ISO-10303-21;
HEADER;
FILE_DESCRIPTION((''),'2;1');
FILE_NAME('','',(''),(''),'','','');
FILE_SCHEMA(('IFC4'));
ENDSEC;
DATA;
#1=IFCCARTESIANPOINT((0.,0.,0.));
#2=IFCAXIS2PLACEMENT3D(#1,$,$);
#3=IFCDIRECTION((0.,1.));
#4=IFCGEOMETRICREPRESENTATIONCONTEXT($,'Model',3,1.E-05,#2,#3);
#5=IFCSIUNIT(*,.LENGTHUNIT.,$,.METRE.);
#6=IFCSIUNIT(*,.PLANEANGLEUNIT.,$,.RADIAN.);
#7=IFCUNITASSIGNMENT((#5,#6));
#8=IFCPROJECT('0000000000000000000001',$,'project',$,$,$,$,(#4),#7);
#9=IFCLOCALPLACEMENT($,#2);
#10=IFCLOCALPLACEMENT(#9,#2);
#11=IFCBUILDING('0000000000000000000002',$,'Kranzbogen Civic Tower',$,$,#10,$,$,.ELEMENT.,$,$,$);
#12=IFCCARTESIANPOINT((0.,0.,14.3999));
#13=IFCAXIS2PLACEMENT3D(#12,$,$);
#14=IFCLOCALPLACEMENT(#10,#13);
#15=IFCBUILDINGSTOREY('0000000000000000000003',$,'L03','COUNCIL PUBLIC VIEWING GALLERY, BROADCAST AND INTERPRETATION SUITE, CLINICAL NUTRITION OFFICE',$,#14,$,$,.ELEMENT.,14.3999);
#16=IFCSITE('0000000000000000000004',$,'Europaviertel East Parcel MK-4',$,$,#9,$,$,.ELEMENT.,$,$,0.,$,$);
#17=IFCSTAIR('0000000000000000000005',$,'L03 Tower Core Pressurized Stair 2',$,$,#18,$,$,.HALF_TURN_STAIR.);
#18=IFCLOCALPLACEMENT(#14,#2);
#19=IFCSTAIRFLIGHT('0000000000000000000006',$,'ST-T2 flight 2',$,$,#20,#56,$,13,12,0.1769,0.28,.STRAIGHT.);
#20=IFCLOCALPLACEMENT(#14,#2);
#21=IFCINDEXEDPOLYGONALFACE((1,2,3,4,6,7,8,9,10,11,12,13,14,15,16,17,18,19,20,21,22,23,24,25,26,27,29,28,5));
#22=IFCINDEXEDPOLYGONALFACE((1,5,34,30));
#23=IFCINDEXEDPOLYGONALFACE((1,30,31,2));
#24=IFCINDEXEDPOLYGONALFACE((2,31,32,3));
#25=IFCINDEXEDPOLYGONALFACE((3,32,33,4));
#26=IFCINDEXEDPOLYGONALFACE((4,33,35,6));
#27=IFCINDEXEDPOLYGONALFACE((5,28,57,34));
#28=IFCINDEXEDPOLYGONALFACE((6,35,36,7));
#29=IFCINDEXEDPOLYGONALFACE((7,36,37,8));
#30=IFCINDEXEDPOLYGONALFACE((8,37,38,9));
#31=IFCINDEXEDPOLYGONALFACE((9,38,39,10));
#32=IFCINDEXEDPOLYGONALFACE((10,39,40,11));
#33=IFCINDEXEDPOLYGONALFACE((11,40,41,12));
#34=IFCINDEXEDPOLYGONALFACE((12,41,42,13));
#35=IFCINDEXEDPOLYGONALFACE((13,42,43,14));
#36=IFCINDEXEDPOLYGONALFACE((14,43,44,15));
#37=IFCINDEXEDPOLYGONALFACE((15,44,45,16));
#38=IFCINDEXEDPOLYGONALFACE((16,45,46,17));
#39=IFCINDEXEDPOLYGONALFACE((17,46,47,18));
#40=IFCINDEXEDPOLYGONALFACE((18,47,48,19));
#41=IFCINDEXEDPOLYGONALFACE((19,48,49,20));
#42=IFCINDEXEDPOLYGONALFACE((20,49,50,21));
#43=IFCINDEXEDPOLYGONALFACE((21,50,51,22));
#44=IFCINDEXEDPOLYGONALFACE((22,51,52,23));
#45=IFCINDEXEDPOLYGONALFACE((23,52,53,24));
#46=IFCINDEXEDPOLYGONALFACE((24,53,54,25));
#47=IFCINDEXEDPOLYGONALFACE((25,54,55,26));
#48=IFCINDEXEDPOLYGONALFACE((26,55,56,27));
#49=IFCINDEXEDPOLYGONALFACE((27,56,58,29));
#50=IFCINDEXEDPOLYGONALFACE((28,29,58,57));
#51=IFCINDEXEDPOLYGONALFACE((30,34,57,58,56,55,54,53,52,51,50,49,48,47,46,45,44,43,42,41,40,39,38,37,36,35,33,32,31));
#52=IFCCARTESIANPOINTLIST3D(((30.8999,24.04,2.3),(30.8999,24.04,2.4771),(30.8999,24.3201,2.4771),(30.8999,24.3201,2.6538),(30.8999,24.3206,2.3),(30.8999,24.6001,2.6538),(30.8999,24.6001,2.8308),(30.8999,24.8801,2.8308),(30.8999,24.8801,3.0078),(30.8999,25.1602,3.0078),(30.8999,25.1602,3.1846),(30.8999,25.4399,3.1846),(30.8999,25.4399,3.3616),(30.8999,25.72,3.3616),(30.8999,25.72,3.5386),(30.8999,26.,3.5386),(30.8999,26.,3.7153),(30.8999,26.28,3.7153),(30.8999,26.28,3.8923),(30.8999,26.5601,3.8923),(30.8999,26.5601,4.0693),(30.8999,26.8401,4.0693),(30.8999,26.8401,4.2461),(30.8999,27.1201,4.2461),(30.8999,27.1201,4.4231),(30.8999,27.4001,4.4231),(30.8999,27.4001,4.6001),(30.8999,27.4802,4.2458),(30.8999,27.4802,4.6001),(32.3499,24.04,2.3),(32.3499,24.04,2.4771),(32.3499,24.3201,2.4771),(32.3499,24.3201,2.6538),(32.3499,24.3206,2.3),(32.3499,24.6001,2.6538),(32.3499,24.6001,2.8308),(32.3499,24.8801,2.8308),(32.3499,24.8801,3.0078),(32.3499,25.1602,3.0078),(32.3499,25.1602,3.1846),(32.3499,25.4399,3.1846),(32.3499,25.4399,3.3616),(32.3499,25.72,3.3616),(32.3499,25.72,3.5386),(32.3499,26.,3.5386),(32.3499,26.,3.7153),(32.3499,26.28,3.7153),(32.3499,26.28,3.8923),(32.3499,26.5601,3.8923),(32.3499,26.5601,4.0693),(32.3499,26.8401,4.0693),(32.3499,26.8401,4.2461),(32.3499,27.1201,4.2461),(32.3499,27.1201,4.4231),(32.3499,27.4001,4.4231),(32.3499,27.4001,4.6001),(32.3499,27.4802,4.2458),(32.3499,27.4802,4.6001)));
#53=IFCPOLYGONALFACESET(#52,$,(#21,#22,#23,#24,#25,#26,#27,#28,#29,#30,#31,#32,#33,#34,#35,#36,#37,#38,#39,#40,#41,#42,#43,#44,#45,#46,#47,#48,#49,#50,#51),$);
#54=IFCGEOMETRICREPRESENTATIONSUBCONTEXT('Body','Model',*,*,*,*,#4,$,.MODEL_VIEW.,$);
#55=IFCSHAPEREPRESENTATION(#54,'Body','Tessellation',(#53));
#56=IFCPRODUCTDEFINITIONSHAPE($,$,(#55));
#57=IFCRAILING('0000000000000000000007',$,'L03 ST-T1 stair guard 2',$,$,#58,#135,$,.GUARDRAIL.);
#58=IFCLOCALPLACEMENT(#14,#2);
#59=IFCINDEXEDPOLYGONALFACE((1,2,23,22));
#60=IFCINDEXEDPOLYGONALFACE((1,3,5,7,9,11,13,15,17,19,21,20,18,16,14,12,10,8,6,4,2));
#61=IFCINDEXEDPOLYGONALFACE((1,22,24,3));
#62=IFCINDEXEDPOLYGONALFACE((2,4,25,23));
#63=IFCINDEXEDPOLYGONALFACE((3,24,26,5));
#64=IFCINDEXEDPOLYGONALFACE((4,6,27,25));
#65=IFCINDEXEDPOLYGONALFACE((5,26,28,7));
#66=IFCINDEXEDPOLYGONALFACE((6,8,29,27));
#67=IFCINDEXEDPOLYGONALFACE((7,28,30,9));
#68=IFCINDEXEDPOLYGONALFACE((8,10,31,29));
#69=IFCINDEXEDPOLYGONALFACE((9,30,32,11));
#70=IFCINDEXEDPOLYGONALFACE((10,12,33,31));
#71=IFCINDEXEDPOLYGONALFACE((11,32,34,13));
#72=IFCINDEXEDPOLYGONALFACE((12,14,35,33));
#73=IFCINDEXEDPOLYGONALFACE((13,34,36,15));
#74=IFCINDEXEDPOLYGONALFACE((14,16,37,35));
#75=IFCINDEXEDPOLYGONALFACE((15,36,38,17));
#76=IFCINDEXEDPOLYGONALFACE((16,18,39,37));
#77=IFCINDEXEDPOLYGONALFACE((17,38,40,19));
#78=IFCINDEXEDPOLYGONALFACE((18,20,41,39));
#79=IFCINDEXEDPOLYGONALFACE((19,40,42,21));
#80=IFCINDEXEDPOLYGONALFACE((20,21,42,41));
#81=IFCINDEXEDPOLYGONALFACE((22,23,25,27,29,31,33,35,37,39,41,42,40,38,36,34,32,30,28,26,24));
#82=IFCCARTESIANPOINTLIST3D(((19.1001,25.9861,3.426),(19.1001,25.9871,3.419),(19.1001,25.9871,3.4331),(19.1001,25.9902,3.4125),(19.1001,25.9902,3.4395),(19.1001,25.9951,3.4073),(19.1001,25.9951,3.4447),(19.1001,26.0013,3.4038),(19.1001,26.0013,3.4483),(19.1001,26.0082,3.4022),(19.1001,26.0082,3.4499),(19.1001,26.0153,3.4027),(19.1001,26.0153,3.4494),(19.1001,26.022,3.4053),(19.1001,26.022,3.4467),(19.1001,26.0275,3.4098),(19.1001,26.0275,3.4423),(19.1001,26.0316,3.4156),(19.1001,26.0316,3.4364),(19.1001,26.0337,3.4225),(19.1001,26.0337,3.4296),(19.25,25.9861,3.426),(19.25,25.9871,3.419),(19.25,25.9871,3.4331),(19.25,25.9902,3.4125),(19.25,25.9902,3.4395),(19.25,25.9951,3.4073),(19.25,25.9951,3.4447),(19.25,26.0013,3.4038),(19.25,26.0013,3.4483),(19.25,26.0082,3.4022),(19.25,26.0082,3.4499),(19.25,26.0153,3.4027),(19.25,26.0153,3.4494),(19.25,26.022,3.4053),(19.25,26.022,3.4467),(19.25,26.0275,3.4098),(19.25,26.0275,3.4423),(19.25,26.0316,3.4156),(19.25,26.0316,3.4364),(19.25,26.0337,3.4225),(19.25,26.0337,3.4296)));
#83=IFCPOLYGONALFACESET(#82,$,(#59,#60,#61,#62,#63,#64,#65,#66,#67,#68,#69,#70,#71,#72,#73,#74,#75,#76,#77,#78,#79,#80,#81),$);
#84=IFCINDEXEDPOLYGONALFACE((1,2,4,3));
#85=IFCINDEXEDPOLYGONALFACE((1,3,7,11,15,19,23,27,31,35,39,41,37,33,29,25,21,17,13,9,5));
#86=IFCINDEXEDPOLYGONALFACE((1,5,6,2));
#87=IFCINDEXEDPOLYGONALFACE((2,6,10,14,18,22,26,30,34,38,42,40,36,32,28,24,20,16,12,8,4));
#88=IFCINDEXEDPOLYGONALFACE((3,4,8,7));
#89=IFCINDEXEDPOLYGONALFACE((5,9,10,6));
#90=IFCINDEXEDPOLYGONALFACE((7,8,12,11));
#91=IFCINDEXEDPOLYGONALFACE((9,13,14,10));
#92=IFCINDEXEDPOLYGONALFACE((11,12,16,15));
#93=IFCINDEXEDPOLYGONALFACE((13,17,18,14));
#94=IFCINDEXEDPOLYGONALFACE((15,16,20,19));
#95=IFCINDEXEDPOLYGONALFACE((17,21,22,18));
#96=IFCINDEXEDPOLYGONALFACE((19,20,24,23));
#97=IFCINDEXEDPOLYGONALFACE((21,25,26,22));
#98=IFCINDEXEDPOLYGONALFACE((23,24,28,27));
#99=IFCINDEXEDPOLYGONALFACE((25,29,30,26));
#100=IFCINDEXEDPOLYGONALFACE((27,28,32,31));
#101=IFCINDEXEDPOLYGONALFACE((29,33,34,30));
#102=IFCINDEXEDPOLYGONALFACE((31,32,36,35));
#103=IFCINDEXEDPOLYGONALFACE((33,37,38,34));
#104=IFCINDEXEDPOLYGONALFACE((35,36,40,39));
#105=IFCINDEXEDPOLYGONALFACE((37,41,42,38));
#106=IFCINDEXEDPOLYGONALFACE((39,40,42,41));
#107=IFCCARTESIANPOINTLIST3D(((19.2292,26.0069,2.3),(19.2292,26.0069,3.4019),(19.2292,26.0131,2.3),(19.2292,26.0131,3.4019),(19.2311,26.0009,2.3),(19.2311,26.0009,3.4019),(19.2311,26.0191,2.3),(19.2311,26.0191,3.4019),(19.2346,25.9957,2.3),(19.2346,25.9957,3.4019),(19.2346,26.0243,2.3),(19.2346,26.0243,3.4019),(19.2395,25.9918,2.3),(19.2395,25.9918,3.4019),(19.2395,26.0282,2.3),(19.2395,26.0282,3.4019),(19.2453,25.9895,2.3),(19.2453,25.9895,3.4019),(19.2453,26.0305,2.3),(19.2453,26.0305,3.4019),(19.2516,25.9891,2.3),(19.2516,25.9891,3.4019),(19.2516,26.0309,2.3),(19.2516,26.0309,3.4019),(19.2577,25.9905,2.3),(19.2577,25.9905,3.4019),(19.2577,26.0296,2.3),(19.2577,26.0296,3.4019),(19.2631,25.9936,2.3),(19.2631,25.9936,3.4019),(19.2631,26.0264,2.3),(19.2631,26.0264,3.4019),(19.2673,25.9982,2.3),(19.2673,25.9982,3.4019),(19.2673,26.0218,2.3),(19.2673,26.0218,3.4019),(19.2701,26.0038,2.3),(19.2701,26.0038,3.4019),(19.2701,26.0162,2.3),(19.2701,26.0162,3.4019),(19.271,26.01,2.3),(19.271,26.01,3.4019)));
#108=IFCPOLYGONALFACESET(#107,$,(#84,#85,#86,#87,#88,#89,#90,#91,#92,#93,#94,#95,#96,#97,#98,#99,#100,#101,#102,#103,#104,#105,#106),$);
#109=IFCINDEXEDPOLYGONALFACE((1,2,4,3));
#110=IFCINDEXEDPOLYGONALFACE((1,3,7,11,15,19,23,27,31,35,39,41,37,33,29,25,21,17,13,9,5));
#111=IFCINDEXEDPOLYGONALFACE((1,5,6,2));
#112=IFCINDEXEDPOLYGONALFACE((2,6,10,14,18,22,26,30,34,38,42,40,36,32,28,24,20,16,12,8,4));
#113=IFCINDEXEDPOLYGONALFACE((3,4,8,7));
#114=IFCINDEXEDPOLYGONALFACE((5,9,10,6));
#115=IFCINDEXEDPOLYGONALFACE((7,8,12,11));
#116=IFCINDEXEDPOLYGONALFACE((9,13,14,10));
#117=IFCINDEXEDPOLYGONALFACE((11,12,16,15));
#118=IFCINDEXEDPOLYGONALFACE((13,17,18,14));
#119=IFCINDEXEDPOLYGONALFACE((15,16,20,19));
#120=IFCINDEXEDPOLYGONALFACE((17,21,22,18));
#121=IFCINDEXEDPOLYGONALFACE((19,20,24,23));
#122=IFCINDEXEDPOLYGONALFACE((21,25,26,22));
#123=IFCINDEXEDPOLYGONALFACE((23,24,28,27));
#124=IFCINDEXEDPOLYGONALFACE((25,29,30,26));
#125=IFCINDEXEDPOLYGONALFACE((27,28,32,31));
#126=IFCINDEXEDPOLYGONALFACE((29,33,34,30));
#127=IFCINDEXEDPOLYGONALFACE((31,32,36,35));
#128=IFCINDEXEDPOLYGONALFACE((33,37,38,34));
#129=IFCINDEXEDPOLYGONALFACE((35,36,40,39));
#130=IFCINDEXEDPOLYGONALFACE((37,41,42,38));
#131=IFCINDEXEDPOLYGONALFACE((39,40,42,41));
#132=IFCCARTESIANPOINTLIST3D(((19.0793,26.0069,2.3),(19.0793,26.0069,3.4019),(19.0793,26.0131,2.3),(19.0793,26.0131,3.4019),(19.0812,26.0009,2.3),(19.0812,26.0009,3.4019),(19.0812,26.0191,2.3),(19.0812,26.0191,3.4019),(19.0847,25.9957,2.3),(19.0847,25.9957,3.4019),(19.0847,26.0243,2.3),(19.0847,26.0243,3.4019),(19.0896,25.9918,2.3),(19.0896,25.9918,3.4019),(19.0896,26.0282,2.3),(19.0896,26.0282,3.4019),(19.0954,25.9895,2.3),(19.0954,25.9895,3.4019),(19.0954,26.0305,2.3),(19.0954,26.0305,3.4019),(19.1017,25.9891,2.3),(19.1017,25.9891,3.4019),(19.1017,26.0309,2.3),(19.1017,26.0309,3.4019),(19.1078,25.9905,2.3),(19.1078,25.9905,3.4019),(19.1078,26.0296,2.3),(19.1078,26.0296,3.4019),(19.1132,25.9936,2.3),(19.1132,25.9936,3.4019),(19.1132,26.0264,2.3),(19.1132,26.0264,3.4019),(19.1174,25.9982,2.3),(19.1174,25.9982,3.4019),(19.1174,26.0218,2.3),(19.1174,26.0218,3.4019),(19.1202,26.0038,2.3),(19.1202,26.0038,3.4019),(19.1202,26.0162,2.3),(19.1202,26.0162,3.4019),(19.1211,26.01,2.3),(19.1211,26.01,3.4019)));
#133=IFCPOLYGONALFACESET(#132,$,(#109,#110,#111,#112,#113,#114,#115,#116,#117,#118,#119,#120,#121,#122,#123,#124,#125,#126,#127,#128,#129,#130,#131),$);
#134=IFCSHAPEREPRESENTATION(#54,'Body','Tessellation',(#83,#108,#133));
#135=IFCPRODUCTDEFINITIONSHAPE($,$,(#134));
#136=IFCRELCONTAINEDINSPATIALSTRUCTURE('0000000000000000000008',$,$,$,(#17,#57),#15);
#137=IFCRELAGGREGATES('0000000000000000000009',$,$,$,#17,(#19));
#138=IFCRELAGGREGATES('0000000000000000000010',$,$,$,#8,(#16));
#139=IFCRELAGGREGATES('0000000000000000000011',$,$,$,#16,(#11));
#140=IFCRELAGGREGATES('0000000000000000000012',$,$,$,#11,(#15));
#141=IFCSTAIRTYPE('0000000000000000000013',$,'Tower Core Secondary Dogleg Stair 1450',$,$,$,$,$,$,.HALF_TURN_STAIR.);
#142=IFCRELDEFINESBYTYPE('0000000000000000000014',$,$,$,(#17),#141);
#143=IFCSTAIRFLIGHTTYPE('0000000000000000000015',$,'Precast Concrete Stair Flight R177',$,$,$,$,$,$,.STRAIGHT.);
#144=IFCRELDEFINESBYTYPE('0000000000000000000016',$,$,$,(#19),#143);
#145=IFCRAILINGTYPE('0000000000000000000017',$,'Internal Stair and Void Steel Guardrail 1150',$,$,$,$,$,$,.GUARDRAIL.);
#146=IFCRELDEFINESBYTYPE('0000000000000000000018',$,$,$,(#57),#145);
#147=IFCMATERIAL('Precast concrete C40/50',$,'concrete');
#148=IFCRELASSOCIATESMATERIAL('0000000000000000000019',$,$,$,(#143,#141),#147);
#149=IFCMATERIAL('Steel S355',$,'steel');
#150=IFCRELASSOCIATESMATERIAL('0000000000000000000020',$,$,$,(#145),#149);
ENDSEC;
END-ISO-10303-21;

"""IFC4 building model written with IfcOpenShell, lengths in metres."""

from ifc_helpers import new_model, si_unit, direction, frame, origin, origin_2d, place, context, subcontext, project, spatial, polyline, circle, outline, extrude, material, type_object, element, aggregate, save


model = new_model("IFC4")

# Units and contexts
model_context = context("Model", 3, precision=1e-05, world=origin(), true_north=direction((0.0, 1.0)))
body_context = subcontext(model_context, "Body", "Model", "MODEL_VIEW")
ifc_project = project(units=[si_unit("LENGTHUNIT", "METRE"), si_unit("PLANEANGLEUNIT", "RADIAN")], contexts=[model_context])

# Site, building, storey
site_placement = place(None, origin())
site = spatial("IfcSite", under=ifc_project, at=site_placement, Name="Europaviertel East Parcel MK-4", CompositionType="ELEMENT", RefElevation=0.0)
building_placement = place(site_placement, origin())
building = spatial("IfcBuilding", under=site, at=building_placement, Name="Kranzbogen Civic Tower", CompositionType="ELEMENT")
storey_placement = place(building_placement, frame((0.0, 0.0, 14.3999)))
storey = spatial("IfcBuildingStorey", under=building, at=storey_placement, Name="L03", Description="COUNCIL PUBLIC VIEWING GALLERY, BROADCAST AND INTERPRETATION SUITE, CLINICAL NUTRITION OFFICE", CompositionType="ELEMENT", Elevation=14.3999)

# Shared definitions
ifc_material_1 = material(Name="Steel S355", Category="steel")

# Shared definitions
ifc_material_2 = material(Name="Precast concrete C40/50", Category="concrete")
stair_flight_type = type_object("IfcStairFlightType", Name="Precast Concrete Stair Flight R177", PredefinedType="STRAIGHT", material=ifc_material_2)

# Stair, stair flight
stair_type_1 = type_object("IfcStairType", Name="Tower Core Secondary Dogleg Stair 1450", PredefinedType="HALF_TURN_STAIR", material=ifc_material_2)
stair_1_placement = place(storey_placement, origin())
stair_1 = element("IfcStair", 1, at=stair_1_placement, inside=storey, type_object=stair_type_1, Name="L03 Tower Core Pressurized Stair 2", PredefinedType="HALF_TURN_STAIR")
stair_flight_1_placement = place(storey_placement, frame((31.625, 24.04, 2.3), z_axis=(0.0, 0.0, 1.0), x_axis=(0.0, 1.0, 0.0)))
stair_flight_1 = element("IfcStairFlight", 2, at=stair_flight_1_placement, type_object=stair_flight_type, Name="ST-T2 flight 2", NumberOfRisers=13, NumberOfTreads=12, PredefinedType="STRAIGHT", RiserHeight=0.1769, TreadLength=0.28, context=body_context, shape_type="SweptSolid", body=[
    extrude(outline(polyline([(0.0, 0.0), (0.0, 0.177), (0.28, 0.177), (0.28, 0.3538), (0.5601, 0.3538), (0.5601, 0.5308), (0.8401, 0.5308), (0.8401, 0.7078), (1.1201, 0.7078), (1.1201, 0.8845), (1.3999, 0.8845), (1.3999, 1.0615), (1.6799, 1.0615), (1.6799, 1.2385), (1.96, 1.2385), (1.96, 1.4153), (2.24, 1.4153), (2.24, 1.5923), (2.52, 1.5923), (2.52, 1.7693), (2.8, 1.7693), (2.8, 1.946), (3.0801, 1.946), (3.0801, 2.123), (3.3601, 2.123), (3.3601, 2.3), (3.4402, 2.3), (3.4402, 1.9458), (0.2805, 0.0), (0.0, 0.0)])), frame((0.0, 0.7251, 0.0), z_axis=(0.0, -1.0, 0.0), x_axis=(1.0, 0.0, 0.0)), (0.0, 0.0, 1.0), 1.45),
])
aggregate(stair_1, [stair_flight_1])

# Railing
railing_type_1 = type_object("IfcRailingType", Name="Internal Stair and Void Steel Guardrail 1150", PredefinedType="GUARDRAIL", material=ifc_material_1)
railing_1_placement = place(storey_placement, frame((19.25, 26.01, 2.3)))
element("IfcRailing", 3, at=railing_1_placement, inside=storey, type_object=railing_type_1, Name="L03 ST-T1 stair guard 2", PredefinedType="GUARDRAIL", context=body_context, shape_type="SweptSolid", body=[
    extrude(circle(Radius=0.0239, at=origin_2d()), frame((0.0, 0.0, 1.126), z_axis=(-1.0, 0.0, 0.0), x_axis=(0.0, -1.0, 0.0)), (0.0, 0.0, 1.0), 0.1499),
    extrude(circle(Radius=0.021, at=origin_2d()), origin(), (0.0, 0.0, 1.0), 1.1018),
    extrude(circle(Radius=0.021, at=origin_2d()), frame((-0.1499, 0.0, 0.0)), (0.0, 0.0, 1.0), 1.1018),
])

save(model, "model.ifc")
